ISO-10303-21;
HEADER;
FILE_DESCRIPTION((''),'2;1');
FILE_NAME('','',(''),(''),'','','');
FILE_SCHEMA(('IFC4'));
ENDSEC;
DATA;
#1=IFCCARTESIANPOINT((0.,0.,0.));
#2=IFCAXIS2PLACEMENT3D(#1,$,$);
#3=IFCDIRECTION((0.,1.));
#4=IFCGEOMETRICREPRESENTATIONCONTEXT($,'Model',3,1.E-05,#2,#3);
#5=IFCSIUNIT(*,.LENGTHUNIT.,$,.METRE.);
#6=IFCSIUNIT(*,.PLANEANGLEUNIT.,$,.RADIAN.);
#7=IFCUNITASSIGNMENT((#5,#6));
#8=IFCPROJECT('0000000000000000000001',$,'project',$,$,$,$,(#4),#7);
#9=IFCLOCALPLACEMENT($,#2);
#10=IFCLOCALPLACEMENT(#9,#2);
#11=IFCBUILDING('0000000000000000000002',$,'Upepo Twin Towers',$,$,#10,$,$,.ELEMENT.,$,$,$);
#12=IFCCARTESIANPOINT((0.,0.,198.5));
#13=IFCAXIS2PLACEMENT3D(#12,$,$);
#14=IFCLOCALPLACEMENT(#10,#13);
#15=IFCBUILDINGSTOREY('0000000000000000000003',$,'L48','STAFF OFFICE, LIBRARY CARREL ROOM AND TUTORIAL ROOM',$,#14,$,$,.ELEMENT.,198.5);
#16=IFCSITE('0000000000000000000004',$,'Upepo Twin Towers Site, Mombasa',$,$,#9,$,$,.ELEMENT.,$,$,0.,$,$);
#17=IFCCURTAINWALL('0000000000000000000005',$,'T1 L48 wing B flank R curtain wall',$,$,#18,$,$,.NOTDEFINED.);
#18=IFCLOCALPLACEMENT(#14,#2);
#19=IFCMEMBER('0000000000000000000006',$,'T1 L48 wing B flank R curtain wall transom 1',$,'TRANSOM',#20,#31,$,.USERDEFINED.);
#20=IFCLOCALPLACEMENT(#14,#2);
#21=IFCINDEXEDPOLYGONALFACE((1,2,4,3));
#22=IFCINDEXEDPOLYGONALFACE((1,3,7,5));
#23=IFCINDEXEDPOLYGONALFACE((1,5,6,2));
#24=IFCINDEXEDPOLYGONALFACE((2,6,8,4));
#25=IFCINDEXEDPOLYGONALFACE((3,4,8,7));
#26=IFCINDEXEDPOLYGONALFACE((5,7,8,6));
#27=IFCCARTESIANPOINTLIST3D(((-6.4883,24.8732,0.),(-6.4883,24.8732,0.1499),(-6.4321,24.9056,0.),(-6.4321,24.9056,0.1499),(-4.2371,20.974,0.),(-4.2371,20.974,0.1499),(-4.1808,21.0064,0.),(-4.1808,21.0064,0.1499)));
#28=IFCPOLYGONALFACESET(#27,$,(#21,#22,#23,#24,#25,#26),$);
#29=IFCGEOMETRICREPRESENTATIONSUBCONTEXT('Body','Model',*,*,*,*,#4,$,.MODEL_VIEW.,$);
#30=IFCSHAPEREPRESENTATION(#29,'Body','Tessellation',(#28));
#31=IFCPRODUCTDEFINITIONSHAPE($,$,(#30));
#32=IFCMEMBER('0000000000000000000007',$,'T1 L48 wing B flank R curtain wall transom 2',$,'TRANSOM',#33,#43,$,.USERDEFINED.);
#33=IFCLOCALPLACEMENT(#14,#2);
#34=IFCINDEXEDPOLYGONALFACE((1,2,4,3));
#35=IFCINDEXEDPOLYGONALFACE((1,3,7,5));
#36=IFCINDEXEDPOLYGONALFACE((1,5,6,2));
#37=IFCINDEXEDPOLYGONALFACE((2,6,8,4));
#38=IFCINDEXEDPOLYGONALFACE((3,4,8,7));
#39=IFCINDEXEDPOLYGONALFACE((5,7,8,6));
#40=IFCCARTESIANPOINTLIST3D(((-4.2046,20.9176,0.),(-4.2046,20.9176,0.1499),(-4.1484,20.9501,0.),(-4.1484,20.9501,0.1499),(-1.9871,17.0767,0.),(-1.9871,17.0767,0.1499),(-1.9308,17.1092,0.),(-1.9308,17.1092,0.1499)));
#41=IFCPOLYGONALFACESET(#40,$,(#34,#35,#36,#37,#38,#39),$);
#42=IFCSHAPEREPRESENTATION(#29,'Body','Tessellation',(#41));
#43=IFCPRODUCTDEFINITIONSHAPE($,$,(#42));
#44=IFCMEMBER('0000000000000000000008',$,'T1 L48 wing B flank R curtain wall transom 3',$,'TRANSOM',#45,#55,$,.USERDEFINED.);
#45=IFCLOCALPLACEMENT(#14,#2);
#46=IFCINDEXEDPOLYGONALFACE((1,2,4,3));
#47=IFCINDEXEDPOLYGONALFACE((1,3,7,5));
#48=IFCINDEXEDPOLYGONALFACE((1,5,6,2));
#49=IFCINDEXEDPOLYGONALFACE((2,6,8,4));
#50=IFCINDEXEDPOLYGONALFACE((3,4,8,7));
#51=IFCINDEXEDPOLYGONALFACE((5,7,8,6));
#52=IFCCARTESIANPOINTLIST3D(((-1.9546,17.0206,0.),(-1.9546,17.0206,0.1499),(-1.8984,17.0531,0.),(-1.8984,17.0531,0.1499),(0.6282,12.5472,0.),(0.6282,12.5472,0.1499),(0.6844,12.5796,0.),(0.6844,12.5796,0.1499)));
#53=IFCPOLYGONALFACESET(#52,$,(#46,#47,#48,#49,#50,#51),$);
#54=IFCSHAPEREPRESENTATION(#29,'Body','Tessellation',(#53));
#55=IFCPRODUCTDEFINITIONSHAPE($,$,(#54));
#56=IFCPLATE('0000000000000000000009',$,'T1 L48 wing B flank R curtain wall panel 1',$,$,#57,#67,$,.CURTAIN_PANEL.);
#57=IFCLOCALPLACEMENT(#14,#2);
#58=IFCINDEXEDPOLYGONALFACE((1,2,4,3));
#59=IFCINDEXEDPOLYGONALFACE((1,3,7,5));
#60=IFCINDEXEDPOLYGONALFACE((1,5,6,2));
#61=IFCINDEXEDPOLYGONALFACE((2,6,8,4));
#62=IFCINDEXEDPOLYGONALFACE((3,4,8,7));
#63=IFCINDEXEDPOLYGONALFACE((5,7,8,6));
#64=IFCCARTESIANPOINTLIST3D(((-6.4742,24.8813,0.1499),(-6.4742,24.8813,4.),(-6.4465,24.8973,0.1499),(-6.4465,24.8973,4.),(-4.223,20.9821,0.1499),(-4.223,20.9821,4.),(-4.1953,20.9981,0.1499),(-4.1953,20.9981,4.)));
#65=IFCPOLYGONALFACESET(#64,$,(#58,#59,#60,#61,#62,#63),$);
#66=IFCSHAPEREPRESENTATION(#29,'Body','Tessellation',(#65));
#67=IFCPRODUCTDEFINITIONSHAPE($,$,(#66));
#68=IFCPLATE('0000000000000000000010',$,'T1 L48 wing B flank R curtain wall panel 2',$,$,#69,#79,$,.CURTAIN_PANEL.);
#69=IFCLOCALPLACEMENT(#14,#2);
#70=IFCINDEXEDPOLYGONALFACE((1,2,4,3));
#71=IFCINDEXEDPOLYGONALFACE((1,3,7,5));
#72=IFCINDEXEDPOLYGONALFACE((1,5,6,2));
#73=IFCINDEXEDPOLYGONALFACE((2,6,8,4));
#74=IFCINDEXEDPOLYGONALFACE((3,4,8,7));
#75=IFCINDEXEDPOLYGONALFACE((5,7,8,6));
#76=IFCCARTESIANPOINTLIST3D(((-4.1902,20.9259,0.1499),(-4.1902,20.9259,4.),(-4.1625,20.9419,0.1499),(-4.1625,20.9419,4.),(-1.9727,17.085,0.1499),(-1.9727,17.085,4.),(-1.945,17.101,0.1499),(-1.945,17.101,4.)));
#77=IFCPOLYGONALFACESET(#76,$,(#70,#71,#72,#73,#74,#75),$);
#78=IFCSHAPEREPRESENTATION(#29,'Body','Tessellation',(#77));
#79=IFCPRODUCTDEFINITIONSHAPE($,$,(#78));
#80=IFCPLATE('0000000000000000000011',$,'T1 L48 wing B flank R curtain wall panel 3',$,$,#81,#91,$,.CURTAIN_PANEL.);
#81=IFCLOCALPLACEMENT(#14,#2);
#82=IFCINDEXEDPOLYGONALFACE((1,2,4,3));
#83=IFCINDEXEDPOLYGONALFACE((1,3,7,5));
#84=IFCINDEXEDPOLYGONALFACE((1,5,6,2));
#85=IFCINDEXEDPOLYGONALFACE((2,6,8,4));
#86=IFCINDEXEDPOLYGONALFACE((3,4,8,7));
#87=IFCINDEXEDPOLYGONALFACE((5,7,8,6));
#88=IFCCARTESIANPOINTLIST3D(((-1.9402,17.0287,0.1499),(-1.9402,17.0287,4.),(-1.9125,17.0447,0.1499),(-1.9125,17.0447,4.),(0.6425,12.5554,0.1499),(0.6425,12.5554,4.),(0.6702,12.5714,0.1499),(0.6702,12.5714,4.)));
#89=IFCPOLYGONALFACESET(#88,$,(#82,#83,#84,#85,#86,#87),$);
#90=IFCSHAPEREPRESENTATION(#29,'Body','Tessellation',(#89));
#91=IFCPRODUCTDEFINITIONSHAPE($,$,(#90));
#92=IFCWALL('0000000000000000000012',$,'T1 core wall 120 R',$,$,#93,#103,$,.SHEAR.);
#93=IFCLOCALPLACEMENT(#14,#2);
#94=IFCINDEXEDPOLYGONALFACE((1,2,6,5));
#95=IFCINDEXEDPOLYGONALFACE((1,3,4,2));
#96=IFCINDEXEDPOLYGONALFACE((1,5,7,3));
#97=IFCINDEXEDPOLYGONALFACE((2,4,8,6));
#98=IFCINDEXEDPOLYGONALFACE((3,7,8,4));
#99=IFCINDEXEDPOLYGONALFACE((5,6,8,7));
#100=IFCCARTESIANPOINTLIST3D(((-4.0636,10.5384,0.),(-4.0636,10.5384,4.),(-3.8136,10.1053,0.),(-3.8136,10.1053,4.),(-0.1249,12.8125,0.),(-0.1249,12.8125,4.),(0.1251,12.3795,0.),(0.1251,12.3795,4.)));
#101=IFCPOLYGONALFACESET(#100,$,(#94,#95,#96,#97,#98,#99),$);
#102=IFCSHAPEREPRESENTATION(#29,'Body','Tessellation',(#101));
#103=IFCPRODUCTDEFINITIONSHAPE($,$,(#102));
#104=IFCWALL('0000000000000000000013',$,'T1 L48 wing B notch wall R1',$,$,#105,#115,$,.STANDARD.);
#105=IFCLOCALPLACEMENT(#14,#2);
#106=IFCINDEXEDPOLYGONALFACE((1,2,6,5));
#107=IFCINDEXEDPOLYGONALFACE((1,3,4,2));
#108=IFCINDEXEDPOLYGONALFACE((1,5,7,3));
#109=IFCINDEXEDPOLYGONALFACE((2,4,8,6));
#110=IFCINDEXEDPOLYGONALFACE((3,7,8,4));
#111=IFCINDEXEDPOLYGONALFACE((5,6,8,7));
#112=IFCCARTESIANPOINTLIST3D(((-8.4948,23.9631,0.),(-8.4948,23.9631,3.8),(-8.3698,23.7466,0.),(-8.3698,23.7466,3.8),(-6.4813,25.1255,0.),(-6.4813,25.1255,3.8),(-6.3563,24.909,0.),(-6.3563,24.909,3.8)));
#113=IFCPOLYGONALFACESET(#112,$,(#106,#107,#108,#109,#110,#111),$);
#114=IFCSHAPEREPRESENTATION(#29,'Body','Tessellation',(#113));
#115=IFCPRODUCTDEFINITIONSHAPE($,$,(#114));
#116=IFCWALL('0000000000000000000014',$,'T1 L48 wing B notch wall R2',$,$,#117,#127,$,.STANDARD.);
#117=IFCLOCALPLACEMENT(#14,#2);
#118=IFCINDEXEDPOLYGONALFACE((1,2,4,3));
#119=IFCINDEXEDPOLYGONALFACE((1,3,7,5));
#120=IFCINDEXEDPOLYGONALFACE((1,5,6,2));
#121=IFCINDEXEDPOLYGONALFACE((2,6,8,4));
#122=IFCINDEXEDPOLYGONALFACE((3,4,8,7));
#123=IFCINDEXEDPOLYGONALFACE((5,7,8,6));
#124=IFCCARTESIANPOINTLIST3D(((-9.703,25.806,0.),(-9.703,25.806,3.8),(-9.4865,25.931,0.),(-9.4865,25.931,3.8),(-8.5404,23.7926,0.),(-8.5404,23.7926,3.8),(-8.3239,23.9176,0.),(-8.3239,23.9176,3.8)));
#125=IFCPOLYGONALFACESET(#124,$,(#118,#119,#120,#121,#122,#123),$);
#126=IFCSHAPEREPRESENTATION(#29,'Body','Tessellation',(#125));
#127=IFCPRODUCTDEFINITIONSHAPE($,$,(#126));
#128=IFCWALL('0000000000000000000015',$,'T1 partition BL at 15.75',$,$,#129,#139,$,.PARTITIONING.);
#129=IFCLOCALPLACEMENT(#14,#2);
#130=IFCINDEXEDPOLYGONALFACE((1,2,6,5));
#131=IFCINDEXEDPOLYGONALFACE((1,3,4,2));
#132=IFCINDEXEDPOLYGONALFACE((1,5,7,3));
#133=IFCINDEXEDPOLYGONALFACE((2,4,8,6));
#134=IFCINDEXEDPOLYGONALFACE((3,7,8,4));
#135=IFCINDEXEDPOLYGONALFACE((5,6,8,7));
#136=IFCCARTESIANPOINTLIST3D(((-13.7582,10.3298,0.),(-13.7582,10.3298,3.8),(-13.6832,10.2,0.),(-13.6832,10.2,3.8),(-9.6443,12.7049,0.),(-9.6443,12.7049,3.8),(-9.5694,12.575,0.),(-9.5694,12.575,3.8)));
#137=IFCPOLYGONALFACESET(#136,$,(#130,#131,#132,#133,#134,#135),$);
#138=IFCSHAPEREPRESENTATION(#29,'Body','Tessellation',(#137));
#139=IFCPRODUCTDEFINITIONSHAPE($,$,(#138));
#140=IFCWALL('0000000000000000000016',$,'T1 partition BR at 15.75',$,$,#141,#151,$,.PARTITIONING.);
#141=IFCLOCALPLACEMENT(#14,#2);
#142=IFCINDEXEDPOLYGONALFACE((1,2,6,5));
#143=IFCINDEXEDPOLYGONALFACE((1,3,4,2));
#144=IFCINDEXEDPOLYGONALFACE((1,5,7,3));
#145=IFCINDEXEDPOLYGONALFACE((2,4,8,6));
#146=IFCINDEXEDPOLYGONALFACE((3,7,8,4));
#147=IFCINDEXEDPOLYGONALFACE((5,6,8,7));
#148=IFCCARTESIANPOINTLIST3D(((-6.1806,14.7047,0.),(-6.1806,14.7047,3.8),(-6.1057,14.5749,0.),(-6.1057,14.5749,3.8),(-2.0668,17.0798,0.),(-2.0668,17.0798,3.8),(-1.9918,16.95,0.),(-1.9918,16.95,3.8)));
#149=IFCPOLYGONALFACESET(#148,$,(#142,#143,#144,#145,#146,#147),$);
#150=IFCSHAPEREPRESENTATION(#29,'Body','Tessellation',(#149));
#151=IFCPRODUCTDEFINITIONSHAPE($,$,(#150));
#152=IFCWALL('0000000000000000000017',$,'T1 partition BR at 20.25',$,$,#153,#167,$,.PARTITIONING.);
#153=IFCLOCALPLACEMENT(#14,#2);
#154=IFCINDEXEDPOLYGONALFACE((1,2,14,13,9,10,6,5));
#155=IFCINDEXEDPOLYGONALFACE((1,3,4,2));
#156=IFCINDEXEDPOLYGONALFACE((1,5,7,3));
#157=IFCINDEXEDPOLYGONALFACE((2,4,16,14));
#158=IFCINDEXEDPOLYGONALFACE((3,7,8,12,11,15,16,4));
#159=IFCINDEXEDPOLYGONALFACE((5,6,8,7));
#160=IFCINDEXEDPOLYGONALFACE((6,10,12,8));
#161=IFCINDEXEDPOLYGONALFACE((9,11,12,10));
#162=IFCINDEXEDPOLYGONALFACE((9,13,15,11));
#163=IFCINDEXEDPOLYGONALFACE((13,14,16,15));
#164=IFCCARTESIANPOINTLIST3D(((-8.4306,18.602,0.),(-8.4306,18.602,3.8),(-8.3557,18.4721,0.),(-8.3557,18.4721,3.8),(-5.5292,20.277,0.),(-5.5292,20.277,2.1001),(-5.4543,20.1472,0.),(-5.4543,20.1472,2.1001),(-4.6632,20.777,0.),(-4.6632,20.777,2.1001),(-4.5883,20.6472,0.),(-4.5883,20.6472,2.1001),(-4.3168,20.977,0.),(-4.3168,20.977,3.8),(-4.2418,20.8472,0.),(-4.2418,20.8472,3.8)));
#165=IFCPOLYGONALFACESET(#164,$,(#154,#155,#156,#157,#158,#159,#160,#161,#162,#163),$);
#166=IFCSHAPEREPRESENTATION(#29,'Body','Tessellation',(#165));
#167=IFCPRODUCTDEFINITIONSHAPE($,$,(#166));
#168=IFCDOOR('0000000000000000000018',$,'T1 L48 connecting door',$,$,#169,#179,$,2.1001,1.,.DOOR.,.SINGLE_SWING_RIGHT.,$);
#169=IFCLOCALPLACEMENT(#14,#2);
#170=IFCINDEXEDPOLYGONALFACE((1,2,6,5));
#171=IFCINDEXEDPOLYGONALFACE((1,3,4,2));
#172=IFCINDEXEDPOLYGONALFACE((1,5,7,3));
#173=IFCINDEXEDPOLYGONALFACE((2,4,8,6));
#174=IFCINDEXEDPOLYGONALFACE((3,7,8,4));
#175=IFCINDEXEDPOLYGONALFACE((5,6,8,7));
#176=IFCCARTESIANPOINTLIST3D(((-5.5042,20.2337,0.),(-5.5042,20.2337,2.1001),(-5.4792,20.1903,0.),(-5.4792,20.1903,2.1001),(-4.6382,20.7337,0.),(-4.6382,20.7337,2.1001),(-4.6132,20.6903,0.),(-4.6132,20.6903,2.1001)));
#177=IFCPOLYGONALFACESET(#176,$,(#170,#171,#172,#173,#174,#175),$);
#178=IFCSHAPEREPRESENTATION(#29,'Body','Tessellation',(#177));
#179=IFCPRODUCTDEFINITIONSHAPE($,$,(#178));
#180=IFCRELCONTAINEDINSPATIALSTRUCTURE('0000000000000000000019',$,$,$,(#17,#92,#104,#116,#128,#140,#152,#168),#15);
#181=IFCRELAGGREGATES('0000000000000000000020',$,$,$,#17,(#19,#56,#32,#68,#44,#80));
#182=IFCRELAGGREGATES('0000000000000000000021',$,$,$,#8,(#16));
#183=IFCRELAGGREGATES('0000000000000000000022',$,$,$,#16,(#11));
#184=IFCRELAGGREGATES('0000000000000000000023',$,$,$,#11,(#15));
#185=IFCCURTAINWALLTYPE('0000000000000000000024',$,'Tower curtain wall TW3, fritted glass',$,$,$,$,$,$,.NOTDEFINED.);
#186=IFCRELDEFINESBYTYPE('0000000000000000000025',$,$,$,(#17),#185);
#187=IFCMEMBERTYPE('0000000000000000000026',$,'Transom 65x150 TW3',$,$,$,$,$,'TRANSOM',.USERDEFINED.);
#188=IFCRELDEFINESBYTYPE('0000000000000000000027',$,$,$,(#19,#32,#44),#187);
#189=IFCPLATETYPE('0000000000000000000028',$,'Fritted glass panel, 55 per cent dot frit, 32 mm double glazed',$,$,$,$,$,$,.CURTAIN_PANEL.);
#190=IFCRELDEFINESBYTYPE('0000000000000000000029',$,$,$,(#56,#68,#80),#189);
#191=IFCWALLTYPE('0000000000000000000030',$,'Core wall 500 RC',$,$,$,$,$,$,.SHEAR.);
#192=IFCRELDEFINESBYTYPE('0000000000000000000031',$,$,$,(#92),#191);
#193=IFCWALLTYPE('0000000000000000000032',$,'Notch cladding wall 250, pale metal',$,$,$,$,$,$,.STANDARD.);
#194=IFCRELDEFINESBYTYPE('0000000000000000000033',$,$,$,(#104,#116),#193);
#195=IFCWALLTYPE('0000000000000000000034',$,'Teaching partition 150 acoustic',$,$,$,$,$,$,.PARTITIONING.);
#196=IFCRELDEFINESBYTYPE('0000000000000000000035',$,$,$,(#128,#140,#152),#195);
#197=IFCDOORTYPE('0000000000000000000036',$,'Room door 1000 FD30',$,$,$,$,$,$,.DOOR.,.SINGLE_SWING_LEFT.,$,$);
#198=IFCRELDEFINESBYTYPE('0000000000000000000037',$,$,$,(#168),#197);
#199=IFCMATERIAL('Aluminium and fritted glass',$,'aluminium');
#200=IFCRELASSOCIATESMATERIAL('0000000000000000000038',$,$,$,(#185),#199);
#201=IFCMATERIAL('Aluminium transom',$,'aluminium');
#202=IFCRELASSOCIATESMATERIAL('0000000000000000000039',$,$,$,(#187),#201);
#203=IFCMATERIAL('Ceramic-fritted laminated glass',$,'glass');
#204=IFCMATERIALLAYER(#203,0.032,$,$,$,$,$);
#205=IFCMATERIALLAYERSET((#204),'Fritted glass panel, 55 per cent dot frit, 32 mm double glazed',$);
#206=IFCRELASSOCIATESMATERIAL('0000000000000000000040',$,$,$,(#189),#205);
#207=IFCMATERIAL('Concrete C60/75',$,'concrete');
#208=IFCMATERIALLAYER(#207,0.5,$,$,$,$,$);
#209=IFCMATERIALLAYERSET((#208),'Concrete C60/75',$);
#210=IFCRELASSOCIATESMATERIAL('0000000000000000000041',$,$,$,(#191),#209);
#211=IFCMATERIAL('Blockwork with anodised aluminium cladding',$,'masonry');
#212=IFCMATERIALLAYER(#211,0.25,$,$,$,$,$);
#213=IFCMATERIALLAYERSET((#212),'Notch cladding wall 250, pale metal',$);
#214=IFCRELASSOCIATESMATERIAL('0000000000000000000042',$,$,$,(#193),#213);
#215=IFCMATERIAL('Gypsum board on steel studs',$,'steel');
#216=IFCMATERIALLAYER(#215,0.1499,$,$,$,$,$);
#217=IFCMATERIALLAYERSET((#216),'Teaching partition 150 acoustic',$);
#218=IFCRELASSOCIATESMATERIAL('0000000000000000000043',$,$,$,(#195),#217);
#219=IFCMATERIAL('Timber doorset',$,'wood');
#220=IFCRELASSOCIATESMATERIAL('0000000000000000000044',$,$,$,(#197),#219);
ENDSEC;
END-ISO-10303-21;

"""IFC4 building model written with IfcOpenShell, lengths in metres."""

from ifc_helpers import new_model, si_unit, direction, frame, frame_2d, origin, origin_2d, place, context, subcontext, project, spatial, rectangle, extrude, material, layer, layer_set, material_profile, profile_set, type_object, element, fill, aggregate, save


model = new_model("IFC4")

# Units and contexts
model_context = context("Model", 3, precision=1e-05, world=origin(), true_north=direction((0.0, 1.0)))
body_context = subcontext(model_context, "Body", "Model", "MODEL_VIEW")
ifc_project = project(units=[si_unit("LENGTHUNIT", "METRE"), si_unit("PLANEANGLEUNIT", "RADIAN")], contexts=[model_context])

# Site, building, storey
site_placement = place(None, origin())
site = spatial("IfcSite", under=ifc_project, at=site_placement, Name="Upepo Twin Towers Site, Mombasa", CompositionType="ELEMENT", RefElevation=0.0)
building_placement = place(site_placement, origin())
building = spatial("IfcBuilding", under=site, at=building_placement, Name="Upepo Twin Towers", CompositionType="ELEMENT")
storey_placement = place(building_placement, frame((0.0, 0.0, 198.5)))
storey = spatial("IfcBuildingStorey", under=building, at=storey_placement, Name="L48", Description="STAFF OFFICE, LIBRARY CARREL ROOM AND TUTORIAL ROOM", CompositionType="ELEMENT", Elevation=198.5)

# Curtain wall
ifc_material_1 = material(Name="Aluminium and fritted glass", Category="aluminium")
curtain_wall_type = type_object("IfcCurtainWallType", Name="Tower curtain wall TW3, fritted glass", PredefinedType="NOTDEFINED", material=ifc_material_1)
curtain_wall_1_placement = place(storey_placement, origin())
curtain_wall_1 = element("IfcCurtainWall", 1, at=curtain_wall_1_placement, inside=storey, type_object=curtain_wall_type, Name="T1 L48 wing B flank R curtain wall", PredefinedType="NOTDEFINED")

# Members
ifc_material_2 = material(Name="Aluminium transom", Category="aluminium")
ifc_material_profile_1 = material_profile(ifc_material_2, rectangle(XDim=0.0649, YDim=0.1499, at=origin_2d()), Name="TRANSOM 65x150")
ifc_profile_set_1 = profile_set([ifc_material_profile_1], Name="Aluminium transom")
member_type_1 = type_object("IfcMemberType", Name="Transom 65x150 TW3", ElementType="TRANSOM", PredefinedType="USERDEFINED", material=ifc_profile_set_1)
member_1_placement = place(storey_placement, frame((-6.4602, 24.8894, 0.075), z_axis=(0.500006, -0.866022, 0.0), x_axis=(0.866022, 0.500006, 0.0)))
member_1 = element("IfcMember", 2, at=member_1_placement, type_object=member_type_1, Name="T1 L48 wing B flank R curtain wall transom 1", ObjectType="TRANSOM", PredefinedType="USERDEFINED", context=body_context, shape_type="SweptSolid", body=[
    extrude(rectangle(XDim=0.0649, YDim=0.1499, at=origin_2d()), origin(), (0.0, 0.0, 1.0), 4.5024),
])
member_2_placement = place(storey_placement, frame((-4.1765, 20.9338, 0.075), z_axis=(0.500005, -0.866022, 0.0), x_axis=(0.866022, 0.500005, 0.0)))
member_2 = element("IfcMember", 3, at=member_2_placement, type_object=member_type_1, Name="T1 L48 wing B flank R curtain wall transom 2", ObjectType="TRANSOM", PredefinedType="USERDEFINED", context=body_context, shape_type="SweptSolid", body=[
    extrude(rectangle(XDim=0.0649, YDim=0.1499, at=origin_2d()), origin(), (0.0, 0.0, 1.0), 4.4351),
])
member_3_placement = place(storey_placement, frame((-1.9265, 17.0369, 0.075), z_axis=(0.500007, -0.866021, 0.0), x_axis=(0.866021, 0.500007, 0.0)))
member_3 = element("IfcMember", 4, at=member_3_placement, type_object=member_type_1, Name="T1 L48 wing B flank R curtain wall transom 3", ObjectType="TRANSOM", PredefinedType="USERDEFINED", context=body_context, shape_type="SweptSolid", body=[
    extrude(rectangle(XDim=0.0649, YDim=0.1499, at=origin_2d()), origin(), (0.0, 0.0, 1.0), 5.1655),
])

# Plates
ifc_material_3 = material(Name="Ceramic-fritted laminated glass", Category="glass")
ifc_layer_1 = layer(ifc_material_3, 0.032)
ifc_layer_set_1 = layer_set([ifc_layer_1], Name="Fritted glass panel, 55 per cent dot frit, 32 mm double glazed")
plate_type = type_object("IfcPlateType", Name="Fritted glass panel, 55 per cent dot frit, 32 mm double glazed", PredefinedType="CURTAIN_PANEL", material=ifc_layer_set_1)
plate_1_placement = place(storey_placement, frame((-5.3347, 22.9397, 0.1499), z_axis=(0.0, 0.0, 1.0), x_axis=(0.5, -0.866025, 0.0)))
plate_1 = element("IfcPlate", 5, at=plate_1_placement, type_object=plate_type, Name="T1 L48 wing B flank R curtain wall panel 1", PredefinedType="CURTAIN_PANEL", context=body_context, shape_type="SweptSolid", body=[
    extrude(rectangle(XDim=4.5024, YDim=0.032, at=origin_2d()), origin(), (0.0, 0.0, 1.0), 3.8501),
])
plate_2_placement = place(storey_placement, frame((-3.0676, 19.0134, 0.1499), z_axis=(0.0, 0.0, 1.0), x_axis=(0.5, -0.866025, 0.0)))
plate_2 = element("IfcPlate", 6, at=plate_2_placement, type_object=plate_type, Name="T1 L48 wing B flank R curtain wall panel 2", PredefinedType="CURTAIN_PANEL", context=body_context, shape_type="SweptSolid", body=[
    extrude(rectangle(XDim=4.4351, YDim=0.032, at=origin_2d()), origin(), (0.0, 0.0, 1.0), 3.8501),
])
plate_3_placement = place(storey_placement, frame((-0.635, 14.8, 0.1499), z_axis=(0.0, 0.0, 1.0), x_axis=(0.5, -0.866025, 0.0)))
plate_3 = element("IfcPlate", 7, at=plate_3_placement, type_object=plate_type, Name="T1 L48 wing B flank R curtain wall panel 3", PredefinedType="CURTAIN_PANEL", context=body_context, shape_type="SweptSolid", body=[
    extrude(rectangle(XDim=5.1653, YDim=0.032, at=origin_2d()), origin(), (0.0, 0.0, 1.0), 3.8501),
])
aggregate(curtain_wall_1, [member_1, plate_1, member_2, plate_2, member_3, plate_3])

# Walls
ifc_material_4 = material(Name="Concrete C60/75", Category="concrete")
ifc_layer_2 = layer(ifc_material_4, 0.5)
ifc_layer_set_2 = layer_set([ifc_layer_2], Name="Concrete C60/75")
wall_type_1 = type_object("IfcWallType", Name="Core wall 500 RC", PredefinedType="SHEAR", material=ifc_layer_set_2)
wall_1_placement = place(storey_placement, frame((0.0, 12.5959, 0.0), z_axis=(0.0, 0.0, 1.0), x_axis=(-0.866011, -0.500024, 0.0)))
element("IfcWall", 8, at=wall_1_placement, inside=storey, type_object=wall_type_1, Name="T1 core wall 120 R", PredefinedType="SHEAR", context=body_context, shape_type="SweptSolid", body=[
    extrude(rectangle(XDim=4.5481, YDim=0.5, at=frame_2d((2.2739, 0.0))), origin(), (0.0, 0.0, 1.0), 4.0),
])
ifc_material_5 = material(Name="Blockwork with anodised aluminium cladding", Category="masonry")
ifc_layer_3 = layer(ifc_material_5, 0.25)
ifc_layer_set_3 = layer_set([ifc_layer_3], Name="Notch cladding wall 250, pale metal")
wall_type_2 = type_object("IfcWallType", Name="Notch cladding wall 250, pale metal", PredefinedType="STANDARD", material=ifc_layer_set_3)
for number, where, z_axis, x_axis, name in (
    (9, (-6.4187, 25.0173, 0.0), (0.0, 0.0, 1.0), (-0.866044, -0.499968, 0.0), "T1 L48 wing B notch wall R1"),
    (10, (-8.4321, 23.855, 0.0), (0.0, 0.0, 1.0), (-0.500047, 0.865998, 0.0), "T1 L48 wing B notch wall R2"),
):
    element("IfcWall", number, at=place(storey_placement, frame(where, z_axis=z_axis, x_axis=x_axis)), inside=storey, type_object=wall_type_2, Name=name, PredefinedType="STANDARD", context=body_context, shape_type="SweptSolid", body=[
        extrude(rectangle(XDim=2.325, YDim=0.25, at=frame_2d((1.1626, 0.0))), origin(), (0.0, 0.0, 1.0), 3.8),
    ])
ifc_material_6 = material(Name="Gypsum board on steel studs", Category="steel")
ifc_layer_4 = layer(ifc_material_6, 0.1499)
ifc_layer_set_4 = layer_set([ifc_layer_4], Name="Teaching partition 150 acoustic")
wall_type_3 = type_object("IfcWallType", Name="Teaching partition 150 acoustic", PredefinedType="PARTITIONING", material=ifc_layer_set_4)
for number, where, z_axis, x_axis, name in (
    (11, (-9.6069, 12.6399, 0.0), (0.0, 0.0, 1.0), (-0.866033, -0.499986, 0.0), "T1 partition BL at 15.75"),
    (12, (-6.1431, 14.6399, 0.0), (0.0, 0.0, 1.0), (0.866033, 0.499986, 0.0), "T1 partition BR at 15.75"),
):
    element("IfcWall", number, at=place(storey_placement, frame(where, z_axis=z_axis, x_axis=x_axis)), inside=storey, type_object=wall_type_3, Name=name, PredefinedType="PARTITIONING", context=body_context, shape_type="SweptSolid", body=[
        extrude(rectangle(XDim=4.7502, YDim=0.1499, at=frame_2d((2.375, 0.0))), origin(), (0.0, 0.0, 1.0), 3.8),
    ])

# Wall, opening, door
wall_2_placement = place(storey_placement, frame((-8.3931, 18.5371, 0.0), z_axis=(0.0, 0.0, 1.0), x_axis=(0.866033, 0.499986, 0.0)))
wall_2 = element("IfcWall", 13, at=wall_2_placement, inside=storey, type_object=wall_type_3, Name="T1 partition BR at 20.25", PredefinedType="PARTITIONING", context=body_context, shape_type="SweptSolid", body=[
    extrude(rectangle(XDim=4.7502, YDim=0.1499, at=frame_2d((2.375, 0.0))), origin(), (0.0, 0.0, 1.0), 3.8),
])
opening_placement = place(wall_2_placement, frame((3.3501, 0.0, 0.0)))
opening = element("IfcOpeningElement", 14, at=opening_placement, cuts=wall_2, PredefinedType="OPENING", context=body_context, shape_type="SweptSolid", body=[
    extrude(rectangle(XDim=1.0, YDim=2.1001, at=frame_2d((0.5, 1.05))), frame((0.0, 0.085, 0.0), z_axis=(0.0, -1.0, 0.0), x_axis=(1.0, 0.0, 0.0)), (0.0, 0.0, 1.0), 0.1699),
])
ifc_material_7 = material(Name="Timber doorset", Category="wood")
door_type = type_object("IfcDoorType", Name="Room door 1000 FD30", OperationType="SINGLE_SWING_LEFT", PredefinedType="DOOR", material=ifc_material_7)
door_placement = place(opening_placement, origin())
door = element("IfcDoor", 15, at=door_placement, inside=storey, type_object=door_type, Name="T1 L48 connecting door", OperationType="SINGLE_SWING_RIGHT", OverallHeight=2.1001, OverallWidth=1.0, PredefinedType="DOOR", context=body_context, shape_type="SweptSolid", body=[
    extrude(rectangle(XDim=1.0, YDim=2.1001, at=frame_2d((0.5, 1.05))), frame((0.0, 0.0249, 0.0), z_axis=(0.0, -1.0, 0.0), x_axis=(1.0, 0.0, 0.0)), (0.0, 0.0, 1.0), 0.05),
])
fill(opening, door)

save(model, "model.ifc")
